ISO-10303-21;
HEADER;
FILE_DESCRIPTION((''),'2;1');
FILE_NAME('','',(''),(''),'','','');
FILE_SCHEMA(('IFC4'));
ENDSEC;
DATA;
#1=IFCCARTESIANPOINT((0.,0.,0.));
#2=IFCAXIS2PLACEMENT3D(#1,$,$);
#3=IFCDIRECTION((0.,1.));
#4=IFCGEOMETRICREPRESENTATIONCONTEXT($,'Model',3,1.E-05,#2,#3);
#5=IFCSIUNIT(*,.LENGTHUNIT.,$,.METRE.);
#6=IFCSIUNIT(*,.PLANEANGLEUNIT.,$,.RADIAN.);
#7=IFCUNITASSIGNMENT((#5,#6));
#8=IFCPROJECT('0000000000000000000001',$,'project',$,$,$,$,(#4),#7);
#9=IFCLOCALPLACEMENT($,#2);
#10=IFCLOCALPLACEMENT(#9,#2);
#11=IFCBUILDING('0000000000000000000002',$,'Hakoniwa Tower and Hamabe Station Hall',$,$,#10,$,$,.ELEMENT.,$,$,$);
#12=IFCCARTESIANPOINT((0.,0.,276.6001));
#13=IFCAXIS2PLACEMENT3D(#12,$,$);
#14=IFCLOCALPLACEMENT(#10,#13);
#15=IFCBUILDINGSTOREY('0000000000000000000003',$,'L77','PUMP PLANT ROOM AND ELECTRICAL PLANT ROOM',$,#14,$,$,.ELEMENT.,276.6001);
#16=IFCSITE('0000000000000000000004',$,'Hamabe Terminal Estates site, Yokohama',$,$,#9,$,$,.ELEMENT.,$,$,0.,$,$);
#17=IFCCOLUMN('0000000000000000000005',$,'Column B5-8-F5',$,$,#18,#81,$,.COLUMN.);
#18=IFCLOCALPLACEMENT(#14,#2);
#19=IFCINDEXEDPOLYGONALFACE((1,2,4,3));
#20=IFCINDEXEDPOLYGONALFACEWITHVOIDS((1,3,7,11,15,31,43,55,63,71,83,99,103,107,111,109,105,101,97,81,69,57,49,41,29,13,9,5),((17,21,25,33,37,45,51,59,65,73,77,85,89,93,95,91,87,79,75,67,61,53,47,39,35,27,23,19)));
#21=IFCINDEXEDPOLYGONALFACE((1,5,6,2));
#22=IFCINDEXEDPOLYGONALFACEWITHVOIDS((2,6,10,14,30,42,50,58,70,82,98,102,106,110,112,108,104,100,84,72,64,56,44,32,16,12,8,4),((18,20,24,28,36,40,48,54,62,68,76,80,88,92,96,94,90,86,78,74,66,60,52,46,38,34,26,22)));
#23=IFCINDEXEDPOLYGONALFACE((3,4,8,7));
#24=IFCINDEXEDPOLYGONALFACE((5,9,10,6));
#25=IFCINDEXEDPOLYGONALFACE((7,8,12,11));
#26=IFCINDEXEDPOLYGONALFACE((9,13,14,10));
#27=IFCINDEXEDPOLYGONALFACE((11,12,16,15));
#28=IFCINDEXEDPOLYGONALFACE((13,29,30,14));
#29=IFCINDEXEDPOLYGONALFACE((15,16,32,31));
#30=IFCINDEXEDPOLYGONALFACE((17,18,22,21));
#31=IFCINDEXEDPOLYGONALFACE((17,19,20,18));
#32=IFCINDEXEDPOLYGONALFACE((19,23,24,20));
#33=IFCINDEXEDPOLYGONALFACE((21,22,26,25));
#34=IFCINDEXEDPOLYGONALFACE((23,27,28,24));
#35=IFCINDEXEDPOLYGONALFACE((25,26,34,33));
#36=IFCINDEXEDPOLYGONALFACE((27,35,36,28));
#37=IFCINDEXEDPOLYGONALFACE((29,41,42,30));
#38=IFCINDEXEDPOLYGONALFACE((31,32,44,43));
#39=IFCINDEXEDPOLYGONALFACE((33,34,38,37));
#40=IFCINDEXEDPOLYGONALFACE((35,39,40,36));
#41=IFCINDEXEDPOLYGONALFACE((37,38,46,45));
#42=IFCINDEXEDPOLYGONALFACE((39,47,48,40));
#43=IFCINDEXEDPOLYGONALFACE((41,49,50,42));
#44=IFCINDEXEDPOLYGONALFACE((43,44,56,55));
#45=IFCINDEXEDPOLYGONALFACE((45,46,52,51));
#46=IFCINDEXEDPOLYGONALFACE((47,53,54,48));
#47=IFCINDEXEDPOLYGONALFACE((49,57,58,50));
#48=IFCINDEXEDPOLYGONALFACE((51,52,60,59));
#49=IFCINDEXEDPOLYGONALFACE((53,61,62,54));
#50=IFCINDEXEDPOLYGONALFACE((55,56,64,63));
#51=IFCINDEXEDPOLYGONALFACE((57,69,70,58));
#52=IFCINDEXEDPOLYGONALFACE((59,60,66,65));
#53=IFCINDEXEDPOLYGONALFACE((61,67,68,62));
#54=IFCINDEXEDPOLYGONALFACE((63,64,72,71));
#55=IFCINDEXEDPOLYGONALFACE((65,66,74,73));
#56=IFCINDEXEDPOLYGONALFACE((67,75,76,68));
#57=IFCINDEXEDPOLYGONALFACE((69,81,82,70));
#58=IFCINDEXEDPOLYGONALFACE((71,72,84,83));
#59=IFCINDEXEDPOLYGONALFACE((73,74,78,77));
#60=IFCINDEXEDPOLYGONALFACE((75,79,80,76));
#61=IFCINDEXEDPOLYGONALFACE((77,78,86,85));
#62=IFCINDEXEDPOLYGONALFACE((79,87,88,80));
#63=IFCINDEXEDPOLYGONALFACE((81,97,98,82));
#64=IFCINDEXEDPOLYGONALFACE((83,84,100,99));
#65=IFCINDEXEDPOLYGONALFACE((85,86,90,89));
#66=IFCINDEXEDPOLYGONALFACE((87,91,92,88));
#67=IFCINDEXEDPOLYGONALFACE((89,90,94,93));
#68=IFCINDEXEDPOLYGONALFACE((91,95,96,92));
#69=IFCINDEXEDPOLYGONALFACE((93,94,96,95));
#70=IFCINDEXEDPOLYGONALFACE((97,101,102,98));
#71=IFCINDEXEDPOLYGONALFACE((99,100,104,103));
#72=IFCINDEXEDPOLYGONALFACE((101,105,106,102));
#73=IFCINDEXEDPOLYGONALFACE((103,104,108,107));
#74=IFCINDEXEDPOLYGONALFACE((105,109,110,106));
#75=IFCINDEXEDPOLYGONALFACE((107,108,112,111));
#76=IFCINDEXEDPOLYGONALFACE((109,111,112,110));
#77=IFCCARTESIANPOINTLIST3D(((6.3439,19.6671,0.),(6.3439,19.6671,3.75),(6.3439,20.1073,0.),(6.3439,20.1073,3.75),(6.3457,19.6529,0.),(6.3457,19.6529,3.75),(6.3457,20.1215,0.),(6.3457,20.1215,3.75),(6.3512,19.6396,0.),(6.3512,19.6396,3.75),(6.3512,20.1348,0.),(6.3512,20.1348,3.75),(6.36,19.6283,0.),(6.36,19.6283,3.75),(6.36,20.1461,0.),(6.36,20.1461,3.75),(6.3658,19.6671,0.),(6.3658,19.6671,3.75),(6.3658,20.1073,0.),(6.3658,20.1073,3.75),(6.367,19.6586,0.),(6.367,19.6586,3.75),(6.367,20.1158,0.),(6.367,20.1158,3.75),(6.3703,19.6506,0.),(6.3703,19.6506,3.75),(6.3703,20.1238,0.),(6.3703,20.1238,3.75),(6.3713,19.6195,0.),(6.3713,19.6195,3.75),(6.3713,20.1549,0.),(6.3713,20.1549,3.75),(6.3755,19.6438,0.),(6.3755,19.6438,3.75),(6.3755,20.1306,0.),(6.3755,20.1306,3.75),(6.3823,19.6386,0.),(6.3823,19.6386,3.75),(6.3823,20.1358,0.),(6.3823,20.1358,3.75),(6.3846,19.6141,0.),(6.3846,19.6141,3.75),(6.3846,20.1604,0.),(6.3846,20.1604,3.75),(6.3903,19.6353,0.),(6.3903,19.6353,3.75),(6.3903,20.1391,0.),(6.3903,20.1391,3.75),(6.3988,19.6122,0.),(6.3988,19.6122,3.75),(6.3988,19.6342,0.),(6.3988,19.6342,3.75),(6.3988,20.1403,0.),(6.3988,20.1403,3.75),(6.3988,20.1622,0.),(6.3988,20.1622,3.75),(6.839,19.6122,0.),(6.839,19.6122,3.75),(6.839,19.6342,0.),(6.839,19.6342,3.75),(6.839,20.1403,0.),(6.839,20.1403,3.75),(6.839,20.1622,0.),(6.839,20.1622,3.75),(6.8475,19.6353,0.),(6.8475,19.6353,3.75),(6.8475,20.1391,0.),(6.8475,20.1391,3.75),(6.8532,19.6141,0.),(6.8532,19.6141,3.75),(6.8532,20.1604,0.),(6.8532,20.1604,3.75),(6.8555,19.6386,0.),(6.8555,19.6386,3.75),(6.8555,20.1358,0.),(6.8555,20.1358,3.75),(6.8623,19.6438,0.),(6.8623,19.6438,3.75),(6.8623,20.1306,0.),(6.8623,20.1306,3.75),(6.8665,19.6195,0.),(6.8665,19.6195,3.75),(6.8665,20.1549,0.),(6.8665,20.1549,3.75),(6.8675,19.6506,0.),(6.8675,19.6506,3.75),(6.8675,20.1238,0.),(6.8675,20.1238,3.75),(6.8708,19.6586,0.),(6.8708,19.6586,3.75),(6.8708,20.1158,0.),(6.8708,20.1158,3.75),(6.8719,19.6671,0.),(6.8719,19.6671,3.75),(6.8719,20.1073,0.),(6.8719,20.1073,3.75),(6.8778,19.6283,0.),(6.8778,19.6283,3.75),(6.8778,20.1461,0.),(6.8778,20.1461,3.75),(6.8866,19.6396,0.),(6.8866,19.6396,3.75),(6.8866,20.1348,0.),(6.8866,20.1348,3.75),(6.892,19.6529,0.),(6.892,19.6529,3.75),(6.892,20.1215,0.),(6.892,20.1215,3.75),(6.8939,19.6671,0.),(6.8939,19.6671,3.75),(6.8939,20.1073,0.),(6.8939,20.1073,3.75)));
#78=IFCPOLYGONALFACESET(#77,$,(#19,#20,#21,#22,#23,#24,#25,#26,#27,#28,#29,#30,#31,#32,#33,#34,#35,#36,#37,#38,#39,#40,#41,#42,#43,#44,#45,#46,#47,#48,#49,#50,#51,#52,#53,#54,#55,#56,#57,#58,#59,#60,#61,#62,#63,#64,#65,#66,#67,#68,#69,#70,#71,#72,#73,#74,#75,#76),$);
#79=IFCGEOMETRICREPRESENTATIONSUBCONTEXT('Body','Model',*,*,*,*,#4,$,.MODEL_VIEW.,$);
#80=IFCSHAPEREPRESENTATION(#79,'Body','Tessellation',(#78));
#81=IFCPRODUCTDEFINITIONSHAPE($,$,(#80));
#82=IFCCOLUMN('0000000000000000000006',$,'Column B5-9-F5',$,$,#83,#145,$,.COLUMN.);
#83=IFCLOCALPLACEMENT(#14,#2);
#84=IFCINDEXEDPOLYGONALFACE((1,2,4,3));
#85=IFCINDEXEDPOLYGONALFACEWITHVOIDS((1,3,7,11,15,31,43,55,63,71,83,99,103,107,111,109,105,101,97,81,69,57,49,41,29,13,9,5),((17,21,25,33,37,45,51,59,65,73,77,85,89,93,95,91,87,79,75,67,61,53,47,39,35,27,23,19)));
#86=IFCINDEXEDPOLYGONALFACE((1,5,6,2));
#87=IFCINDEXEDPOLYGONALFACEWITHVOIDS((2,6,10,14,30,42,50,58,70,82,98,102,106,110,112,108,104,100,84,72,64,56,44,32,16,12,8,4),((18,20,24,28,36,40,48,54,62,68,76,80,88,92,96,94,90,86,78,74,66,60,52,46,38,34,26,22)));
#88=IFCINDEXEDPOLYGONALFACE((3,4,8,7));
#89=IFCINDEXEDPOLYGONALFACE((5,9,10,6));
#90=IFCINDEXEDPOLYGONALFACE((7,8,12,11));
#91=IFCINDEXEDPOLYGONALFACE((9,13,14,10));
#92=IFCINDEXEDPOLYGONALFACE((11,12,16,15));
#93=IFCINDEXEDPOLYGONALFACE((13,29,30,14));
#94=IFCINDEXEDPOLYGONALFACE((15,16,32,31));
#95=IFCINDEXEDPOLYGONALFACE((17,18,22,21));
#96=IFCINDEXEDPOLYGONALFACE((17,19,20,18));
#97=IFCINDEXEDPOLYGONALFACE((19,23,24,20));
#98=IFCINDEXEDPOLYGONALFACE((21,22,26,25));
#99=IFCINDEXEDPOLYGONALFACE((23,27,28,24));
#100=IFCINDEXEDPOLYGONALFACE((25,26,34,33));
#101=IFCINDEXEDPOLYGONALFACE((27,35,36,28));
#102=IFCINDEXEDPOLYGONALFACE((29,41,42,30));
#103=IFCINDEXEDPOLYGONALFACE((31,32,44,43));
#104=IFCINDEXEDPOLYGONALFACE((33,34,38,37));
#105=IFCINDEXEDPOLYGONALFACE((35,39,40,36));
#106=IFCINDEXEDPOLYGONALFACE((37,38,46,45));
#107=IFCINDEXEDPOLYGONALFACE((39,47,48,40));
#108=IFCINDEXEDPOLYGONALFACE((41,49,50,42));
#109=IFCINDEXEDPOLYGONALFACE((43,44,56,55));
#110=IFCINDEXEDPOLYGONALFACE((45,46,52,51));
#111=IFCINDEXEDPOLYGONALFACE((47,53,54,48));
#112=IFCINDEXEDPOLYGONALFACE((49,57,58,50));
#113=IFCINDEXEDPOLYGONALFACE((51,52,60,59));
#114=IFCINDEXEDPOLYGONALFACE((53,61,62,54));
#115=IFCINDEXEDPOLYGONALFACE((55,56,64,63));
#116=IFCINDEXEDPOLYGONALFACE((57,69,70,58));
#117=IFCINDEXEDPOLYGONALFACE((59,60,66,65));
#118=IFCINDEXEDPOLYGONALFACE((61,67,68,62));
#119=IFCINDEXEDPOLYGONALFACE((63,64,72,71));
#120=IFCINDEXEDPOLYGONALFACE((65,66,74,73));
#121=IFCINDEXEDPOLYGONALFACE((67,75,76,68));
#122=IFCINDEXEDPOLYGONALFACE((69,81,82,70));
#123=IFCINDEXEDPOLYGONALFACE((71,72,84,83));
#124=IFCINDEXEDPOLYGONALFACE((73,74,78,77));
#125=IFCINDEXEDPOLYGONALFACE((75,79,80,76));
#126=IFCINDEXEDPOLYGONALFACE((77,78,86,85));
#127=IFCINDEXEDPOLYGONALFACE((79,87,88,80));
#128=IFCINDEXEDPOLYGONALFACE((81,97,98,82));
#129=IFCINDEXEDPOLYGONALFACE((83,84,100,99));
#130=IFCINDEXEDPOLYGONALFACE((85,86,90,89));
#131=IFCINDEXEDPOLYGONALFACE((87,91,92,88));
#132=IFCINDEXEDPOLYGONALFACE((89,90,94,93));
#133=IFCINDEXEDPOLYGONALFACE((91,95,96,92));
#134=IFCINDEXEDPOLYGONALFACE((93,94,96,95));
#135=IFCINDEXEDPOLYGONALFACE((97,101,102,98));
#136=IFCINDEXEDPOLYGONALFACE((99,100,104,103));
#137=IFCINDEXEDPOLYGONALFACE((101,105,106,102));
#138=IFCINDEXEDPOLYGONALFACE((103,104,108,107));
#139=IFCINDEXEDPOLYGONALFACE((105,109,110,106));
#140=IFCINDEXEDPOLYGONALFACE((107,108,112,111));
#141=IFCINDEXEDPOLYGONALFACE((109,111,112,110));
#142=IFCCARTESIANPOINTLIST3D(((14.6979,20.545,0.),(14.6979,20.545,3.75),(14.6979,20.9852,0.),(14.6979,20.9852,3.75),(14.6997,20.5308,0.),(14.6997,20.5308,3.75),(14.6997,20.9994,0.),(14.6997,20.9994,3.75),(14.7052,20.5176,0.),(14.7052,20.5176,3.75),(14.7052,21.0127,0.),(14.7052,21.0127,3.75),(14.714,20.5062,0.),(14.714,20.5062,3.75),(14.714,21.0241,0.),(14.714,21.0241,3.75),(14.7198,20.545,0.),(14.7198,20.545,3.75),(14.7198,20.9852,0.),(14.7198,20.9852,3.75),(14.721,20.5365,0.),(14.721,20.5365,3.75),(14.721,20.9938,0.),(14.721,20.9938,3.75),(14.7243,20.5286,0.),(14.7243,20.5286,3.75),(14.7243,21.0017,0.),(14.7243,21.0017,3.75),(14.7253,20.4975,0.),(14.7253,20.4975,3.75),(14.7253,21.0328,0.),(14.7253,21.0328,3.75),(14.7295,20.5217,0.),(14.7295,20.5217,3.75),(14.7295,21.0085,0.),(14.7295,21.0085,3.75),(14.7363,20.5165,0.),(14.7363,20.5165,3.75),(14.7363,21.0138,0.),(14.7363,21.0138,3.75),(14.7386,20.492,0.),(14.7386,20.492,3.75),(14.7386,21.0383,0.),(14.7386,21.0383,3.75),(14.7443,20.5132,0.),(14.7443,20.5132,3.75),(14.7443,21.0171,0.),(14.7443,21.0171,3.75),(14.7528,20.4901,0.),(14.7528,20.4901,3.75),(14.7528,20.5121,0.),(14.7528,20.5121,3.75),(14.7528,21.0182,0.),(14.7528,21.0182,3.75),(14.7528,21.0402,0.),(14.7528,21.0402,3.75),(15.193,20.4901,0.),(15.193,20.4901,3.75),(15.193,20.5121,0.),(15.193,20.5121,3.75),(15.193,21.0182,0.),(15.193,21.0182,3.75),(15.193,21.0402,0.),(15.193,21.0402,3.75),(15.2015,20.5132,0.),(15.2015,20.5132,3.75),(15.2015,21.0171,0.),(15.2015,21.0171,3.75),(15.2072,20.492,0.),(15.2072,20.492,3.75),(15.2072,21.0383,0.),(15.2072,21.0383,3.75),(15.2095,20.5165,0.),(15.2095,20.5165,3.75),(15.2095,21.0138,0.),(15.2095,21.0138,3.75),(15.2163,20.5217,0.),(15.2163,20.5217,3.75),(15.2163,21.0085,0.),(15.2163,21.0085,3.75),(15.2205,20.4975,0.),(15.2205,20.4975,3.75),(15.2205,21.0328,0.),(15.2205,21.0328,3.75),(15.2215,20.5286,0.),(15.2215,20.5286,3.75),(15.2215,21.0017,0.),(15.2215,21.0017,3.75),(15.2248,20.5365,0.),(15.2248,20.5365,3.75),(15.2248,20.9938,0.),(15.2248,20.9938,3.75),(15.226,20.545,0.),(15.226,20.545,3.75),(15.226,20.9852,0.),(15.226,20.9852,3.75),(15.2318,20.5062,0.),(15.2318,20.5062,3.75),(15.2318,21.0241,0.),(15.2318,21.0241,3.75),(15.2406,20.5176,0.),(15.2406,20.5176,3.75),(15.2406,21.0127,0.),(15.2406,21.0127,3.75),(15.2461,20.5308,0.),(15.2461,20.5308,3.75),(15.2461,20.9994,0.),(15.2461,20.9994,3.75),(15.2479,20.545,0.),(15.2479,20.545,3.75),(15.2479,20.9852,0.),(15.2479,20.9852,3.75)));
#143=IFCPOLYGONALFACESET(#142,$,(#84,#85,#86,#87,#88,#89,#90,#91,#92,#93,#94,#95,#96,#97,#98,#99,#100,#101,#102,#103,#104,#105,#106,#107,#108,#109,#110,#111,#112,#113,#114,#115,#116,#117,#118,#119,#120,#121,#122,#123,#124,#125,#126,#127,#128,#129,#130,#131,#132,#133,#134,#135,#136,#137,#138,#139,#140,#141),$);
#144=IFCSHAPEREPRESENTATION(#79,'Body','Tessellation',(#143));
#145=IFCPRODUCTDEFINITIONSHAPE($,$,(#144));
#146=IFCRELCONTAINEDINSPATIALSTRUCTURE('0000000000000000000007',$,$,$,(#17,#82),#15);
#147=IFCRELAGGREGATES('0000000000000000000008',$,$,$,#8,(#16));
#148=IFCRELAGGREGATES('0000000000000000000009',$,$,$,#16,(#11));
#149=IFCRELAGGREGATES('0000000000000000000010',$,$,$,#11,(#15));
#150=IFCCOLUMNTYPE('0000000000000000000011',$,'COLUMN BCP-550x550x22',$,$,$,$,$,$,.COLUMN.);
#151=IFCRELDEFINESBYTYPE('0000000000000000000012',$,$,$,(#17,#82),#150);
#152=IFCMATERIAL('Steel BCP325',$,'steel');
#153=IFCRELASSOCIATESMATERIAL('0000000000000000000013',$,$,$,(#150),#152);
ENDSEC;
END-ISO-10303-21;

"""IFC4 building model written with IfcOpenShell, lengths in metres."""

from ifc_helpers import new_model, si_unit, direction, frame, origin, origin_2d, place, context, subcontext, project, spatial, hollow_rectangle, extrude, material, material_profile, profile_set, type_object, element, save


model = new_model("IFC4")

# Units and contexts
model_context = context("Model", 3, precision=1e-05, world=origin(), true_north=direction((0.0, 1.0)))
body_context = subcontext(model_context, "Body", "Model", "MODEL_VIEW")
ifc_project = project(units=[si_unit("LENGTHUNIT", "METRE"), si_unit("PLANEANGLEUNIT", "RADIAN")], contexts=[model_context])

# Site, building, storey
site_placement = place(None, origin())
site = spatial("IfcSite", under=ifc_project, at=site_placement, Name="Hamabe Terminal Estates site, Yokohama", CompositionType="ELEMENT", RefElevation=0.0)
building_placement = place(site_placement, origin())
building = spatial("IfcBuilding", under=site, at=building_placement, Name="Hakoniwa Tower and Hamabe Station Hall", CompositionType="ELEMENT")
storey_placement = place(building_placement, frame((0.0, 0.0, 276.6001)))
storey = spatial("IfcBuildingStorey", under=building, at=storey_placement, Name="L77", Description="PUMP PLANT ROOM AND ELECTRICAL PLANT ROOM", CompositionType="ELEMENT", Elevation=276.6001)

# Columns
ifc_material_1 = material(Name="Steel BCP325", Category="steel")
ifc_material_profile_1 = material_profile(ifc_material_1, hollow_rectangle(XDim=0.55, YDim=0.55, WallThickness=0.022, InnerFilletRadius=0.033, OuterFilletRadius=0.0549, at=origin_2d()), Name="BCP-550x550x22")
ifc_profile_set_1 = profile_set([ifc_material_profile_1], Name="Steel BCP325")
column_type_1 = type_object("IfcColumnType", Name="COLUMN BCP-550x550x22", PredefinedType="COLUMN", material=ifc_profile_set_1)
for number, where, z_axis, x_axis, name in (
    (1, (6.6189, 19.8872, 0.0), (0.0, 0.0, 1.0), (1.0, 0.0, 0.0), "Column B5-8-F5"),
    (2, (14.9729, 20.7651, 0.0), (0.0, 0.0, 1.0), (1.0, 0.0, 0.0), "Column B5-9-F5"),
):
    element("IfcColumn", number, at=place(storey_placement, frame(where, z_axis=z_axis, x_axis=x_axis)), inside=storey, type_object=column_type_1, Name=name, PredefinedType="COLUMN", context=body_context, shape_type="SweptSolid", body=[
        extrude(hollow_rectangle(XDim=0.55, YDim=0.55, WallThickness=0.022, InnerFilletRadius=0.033, OuterFilletRadius=0.0549, at=origin_2d()), origin(), (0.0, 0.0, 1.0), 3.75),
    ])

save(model, "model.ifc")
